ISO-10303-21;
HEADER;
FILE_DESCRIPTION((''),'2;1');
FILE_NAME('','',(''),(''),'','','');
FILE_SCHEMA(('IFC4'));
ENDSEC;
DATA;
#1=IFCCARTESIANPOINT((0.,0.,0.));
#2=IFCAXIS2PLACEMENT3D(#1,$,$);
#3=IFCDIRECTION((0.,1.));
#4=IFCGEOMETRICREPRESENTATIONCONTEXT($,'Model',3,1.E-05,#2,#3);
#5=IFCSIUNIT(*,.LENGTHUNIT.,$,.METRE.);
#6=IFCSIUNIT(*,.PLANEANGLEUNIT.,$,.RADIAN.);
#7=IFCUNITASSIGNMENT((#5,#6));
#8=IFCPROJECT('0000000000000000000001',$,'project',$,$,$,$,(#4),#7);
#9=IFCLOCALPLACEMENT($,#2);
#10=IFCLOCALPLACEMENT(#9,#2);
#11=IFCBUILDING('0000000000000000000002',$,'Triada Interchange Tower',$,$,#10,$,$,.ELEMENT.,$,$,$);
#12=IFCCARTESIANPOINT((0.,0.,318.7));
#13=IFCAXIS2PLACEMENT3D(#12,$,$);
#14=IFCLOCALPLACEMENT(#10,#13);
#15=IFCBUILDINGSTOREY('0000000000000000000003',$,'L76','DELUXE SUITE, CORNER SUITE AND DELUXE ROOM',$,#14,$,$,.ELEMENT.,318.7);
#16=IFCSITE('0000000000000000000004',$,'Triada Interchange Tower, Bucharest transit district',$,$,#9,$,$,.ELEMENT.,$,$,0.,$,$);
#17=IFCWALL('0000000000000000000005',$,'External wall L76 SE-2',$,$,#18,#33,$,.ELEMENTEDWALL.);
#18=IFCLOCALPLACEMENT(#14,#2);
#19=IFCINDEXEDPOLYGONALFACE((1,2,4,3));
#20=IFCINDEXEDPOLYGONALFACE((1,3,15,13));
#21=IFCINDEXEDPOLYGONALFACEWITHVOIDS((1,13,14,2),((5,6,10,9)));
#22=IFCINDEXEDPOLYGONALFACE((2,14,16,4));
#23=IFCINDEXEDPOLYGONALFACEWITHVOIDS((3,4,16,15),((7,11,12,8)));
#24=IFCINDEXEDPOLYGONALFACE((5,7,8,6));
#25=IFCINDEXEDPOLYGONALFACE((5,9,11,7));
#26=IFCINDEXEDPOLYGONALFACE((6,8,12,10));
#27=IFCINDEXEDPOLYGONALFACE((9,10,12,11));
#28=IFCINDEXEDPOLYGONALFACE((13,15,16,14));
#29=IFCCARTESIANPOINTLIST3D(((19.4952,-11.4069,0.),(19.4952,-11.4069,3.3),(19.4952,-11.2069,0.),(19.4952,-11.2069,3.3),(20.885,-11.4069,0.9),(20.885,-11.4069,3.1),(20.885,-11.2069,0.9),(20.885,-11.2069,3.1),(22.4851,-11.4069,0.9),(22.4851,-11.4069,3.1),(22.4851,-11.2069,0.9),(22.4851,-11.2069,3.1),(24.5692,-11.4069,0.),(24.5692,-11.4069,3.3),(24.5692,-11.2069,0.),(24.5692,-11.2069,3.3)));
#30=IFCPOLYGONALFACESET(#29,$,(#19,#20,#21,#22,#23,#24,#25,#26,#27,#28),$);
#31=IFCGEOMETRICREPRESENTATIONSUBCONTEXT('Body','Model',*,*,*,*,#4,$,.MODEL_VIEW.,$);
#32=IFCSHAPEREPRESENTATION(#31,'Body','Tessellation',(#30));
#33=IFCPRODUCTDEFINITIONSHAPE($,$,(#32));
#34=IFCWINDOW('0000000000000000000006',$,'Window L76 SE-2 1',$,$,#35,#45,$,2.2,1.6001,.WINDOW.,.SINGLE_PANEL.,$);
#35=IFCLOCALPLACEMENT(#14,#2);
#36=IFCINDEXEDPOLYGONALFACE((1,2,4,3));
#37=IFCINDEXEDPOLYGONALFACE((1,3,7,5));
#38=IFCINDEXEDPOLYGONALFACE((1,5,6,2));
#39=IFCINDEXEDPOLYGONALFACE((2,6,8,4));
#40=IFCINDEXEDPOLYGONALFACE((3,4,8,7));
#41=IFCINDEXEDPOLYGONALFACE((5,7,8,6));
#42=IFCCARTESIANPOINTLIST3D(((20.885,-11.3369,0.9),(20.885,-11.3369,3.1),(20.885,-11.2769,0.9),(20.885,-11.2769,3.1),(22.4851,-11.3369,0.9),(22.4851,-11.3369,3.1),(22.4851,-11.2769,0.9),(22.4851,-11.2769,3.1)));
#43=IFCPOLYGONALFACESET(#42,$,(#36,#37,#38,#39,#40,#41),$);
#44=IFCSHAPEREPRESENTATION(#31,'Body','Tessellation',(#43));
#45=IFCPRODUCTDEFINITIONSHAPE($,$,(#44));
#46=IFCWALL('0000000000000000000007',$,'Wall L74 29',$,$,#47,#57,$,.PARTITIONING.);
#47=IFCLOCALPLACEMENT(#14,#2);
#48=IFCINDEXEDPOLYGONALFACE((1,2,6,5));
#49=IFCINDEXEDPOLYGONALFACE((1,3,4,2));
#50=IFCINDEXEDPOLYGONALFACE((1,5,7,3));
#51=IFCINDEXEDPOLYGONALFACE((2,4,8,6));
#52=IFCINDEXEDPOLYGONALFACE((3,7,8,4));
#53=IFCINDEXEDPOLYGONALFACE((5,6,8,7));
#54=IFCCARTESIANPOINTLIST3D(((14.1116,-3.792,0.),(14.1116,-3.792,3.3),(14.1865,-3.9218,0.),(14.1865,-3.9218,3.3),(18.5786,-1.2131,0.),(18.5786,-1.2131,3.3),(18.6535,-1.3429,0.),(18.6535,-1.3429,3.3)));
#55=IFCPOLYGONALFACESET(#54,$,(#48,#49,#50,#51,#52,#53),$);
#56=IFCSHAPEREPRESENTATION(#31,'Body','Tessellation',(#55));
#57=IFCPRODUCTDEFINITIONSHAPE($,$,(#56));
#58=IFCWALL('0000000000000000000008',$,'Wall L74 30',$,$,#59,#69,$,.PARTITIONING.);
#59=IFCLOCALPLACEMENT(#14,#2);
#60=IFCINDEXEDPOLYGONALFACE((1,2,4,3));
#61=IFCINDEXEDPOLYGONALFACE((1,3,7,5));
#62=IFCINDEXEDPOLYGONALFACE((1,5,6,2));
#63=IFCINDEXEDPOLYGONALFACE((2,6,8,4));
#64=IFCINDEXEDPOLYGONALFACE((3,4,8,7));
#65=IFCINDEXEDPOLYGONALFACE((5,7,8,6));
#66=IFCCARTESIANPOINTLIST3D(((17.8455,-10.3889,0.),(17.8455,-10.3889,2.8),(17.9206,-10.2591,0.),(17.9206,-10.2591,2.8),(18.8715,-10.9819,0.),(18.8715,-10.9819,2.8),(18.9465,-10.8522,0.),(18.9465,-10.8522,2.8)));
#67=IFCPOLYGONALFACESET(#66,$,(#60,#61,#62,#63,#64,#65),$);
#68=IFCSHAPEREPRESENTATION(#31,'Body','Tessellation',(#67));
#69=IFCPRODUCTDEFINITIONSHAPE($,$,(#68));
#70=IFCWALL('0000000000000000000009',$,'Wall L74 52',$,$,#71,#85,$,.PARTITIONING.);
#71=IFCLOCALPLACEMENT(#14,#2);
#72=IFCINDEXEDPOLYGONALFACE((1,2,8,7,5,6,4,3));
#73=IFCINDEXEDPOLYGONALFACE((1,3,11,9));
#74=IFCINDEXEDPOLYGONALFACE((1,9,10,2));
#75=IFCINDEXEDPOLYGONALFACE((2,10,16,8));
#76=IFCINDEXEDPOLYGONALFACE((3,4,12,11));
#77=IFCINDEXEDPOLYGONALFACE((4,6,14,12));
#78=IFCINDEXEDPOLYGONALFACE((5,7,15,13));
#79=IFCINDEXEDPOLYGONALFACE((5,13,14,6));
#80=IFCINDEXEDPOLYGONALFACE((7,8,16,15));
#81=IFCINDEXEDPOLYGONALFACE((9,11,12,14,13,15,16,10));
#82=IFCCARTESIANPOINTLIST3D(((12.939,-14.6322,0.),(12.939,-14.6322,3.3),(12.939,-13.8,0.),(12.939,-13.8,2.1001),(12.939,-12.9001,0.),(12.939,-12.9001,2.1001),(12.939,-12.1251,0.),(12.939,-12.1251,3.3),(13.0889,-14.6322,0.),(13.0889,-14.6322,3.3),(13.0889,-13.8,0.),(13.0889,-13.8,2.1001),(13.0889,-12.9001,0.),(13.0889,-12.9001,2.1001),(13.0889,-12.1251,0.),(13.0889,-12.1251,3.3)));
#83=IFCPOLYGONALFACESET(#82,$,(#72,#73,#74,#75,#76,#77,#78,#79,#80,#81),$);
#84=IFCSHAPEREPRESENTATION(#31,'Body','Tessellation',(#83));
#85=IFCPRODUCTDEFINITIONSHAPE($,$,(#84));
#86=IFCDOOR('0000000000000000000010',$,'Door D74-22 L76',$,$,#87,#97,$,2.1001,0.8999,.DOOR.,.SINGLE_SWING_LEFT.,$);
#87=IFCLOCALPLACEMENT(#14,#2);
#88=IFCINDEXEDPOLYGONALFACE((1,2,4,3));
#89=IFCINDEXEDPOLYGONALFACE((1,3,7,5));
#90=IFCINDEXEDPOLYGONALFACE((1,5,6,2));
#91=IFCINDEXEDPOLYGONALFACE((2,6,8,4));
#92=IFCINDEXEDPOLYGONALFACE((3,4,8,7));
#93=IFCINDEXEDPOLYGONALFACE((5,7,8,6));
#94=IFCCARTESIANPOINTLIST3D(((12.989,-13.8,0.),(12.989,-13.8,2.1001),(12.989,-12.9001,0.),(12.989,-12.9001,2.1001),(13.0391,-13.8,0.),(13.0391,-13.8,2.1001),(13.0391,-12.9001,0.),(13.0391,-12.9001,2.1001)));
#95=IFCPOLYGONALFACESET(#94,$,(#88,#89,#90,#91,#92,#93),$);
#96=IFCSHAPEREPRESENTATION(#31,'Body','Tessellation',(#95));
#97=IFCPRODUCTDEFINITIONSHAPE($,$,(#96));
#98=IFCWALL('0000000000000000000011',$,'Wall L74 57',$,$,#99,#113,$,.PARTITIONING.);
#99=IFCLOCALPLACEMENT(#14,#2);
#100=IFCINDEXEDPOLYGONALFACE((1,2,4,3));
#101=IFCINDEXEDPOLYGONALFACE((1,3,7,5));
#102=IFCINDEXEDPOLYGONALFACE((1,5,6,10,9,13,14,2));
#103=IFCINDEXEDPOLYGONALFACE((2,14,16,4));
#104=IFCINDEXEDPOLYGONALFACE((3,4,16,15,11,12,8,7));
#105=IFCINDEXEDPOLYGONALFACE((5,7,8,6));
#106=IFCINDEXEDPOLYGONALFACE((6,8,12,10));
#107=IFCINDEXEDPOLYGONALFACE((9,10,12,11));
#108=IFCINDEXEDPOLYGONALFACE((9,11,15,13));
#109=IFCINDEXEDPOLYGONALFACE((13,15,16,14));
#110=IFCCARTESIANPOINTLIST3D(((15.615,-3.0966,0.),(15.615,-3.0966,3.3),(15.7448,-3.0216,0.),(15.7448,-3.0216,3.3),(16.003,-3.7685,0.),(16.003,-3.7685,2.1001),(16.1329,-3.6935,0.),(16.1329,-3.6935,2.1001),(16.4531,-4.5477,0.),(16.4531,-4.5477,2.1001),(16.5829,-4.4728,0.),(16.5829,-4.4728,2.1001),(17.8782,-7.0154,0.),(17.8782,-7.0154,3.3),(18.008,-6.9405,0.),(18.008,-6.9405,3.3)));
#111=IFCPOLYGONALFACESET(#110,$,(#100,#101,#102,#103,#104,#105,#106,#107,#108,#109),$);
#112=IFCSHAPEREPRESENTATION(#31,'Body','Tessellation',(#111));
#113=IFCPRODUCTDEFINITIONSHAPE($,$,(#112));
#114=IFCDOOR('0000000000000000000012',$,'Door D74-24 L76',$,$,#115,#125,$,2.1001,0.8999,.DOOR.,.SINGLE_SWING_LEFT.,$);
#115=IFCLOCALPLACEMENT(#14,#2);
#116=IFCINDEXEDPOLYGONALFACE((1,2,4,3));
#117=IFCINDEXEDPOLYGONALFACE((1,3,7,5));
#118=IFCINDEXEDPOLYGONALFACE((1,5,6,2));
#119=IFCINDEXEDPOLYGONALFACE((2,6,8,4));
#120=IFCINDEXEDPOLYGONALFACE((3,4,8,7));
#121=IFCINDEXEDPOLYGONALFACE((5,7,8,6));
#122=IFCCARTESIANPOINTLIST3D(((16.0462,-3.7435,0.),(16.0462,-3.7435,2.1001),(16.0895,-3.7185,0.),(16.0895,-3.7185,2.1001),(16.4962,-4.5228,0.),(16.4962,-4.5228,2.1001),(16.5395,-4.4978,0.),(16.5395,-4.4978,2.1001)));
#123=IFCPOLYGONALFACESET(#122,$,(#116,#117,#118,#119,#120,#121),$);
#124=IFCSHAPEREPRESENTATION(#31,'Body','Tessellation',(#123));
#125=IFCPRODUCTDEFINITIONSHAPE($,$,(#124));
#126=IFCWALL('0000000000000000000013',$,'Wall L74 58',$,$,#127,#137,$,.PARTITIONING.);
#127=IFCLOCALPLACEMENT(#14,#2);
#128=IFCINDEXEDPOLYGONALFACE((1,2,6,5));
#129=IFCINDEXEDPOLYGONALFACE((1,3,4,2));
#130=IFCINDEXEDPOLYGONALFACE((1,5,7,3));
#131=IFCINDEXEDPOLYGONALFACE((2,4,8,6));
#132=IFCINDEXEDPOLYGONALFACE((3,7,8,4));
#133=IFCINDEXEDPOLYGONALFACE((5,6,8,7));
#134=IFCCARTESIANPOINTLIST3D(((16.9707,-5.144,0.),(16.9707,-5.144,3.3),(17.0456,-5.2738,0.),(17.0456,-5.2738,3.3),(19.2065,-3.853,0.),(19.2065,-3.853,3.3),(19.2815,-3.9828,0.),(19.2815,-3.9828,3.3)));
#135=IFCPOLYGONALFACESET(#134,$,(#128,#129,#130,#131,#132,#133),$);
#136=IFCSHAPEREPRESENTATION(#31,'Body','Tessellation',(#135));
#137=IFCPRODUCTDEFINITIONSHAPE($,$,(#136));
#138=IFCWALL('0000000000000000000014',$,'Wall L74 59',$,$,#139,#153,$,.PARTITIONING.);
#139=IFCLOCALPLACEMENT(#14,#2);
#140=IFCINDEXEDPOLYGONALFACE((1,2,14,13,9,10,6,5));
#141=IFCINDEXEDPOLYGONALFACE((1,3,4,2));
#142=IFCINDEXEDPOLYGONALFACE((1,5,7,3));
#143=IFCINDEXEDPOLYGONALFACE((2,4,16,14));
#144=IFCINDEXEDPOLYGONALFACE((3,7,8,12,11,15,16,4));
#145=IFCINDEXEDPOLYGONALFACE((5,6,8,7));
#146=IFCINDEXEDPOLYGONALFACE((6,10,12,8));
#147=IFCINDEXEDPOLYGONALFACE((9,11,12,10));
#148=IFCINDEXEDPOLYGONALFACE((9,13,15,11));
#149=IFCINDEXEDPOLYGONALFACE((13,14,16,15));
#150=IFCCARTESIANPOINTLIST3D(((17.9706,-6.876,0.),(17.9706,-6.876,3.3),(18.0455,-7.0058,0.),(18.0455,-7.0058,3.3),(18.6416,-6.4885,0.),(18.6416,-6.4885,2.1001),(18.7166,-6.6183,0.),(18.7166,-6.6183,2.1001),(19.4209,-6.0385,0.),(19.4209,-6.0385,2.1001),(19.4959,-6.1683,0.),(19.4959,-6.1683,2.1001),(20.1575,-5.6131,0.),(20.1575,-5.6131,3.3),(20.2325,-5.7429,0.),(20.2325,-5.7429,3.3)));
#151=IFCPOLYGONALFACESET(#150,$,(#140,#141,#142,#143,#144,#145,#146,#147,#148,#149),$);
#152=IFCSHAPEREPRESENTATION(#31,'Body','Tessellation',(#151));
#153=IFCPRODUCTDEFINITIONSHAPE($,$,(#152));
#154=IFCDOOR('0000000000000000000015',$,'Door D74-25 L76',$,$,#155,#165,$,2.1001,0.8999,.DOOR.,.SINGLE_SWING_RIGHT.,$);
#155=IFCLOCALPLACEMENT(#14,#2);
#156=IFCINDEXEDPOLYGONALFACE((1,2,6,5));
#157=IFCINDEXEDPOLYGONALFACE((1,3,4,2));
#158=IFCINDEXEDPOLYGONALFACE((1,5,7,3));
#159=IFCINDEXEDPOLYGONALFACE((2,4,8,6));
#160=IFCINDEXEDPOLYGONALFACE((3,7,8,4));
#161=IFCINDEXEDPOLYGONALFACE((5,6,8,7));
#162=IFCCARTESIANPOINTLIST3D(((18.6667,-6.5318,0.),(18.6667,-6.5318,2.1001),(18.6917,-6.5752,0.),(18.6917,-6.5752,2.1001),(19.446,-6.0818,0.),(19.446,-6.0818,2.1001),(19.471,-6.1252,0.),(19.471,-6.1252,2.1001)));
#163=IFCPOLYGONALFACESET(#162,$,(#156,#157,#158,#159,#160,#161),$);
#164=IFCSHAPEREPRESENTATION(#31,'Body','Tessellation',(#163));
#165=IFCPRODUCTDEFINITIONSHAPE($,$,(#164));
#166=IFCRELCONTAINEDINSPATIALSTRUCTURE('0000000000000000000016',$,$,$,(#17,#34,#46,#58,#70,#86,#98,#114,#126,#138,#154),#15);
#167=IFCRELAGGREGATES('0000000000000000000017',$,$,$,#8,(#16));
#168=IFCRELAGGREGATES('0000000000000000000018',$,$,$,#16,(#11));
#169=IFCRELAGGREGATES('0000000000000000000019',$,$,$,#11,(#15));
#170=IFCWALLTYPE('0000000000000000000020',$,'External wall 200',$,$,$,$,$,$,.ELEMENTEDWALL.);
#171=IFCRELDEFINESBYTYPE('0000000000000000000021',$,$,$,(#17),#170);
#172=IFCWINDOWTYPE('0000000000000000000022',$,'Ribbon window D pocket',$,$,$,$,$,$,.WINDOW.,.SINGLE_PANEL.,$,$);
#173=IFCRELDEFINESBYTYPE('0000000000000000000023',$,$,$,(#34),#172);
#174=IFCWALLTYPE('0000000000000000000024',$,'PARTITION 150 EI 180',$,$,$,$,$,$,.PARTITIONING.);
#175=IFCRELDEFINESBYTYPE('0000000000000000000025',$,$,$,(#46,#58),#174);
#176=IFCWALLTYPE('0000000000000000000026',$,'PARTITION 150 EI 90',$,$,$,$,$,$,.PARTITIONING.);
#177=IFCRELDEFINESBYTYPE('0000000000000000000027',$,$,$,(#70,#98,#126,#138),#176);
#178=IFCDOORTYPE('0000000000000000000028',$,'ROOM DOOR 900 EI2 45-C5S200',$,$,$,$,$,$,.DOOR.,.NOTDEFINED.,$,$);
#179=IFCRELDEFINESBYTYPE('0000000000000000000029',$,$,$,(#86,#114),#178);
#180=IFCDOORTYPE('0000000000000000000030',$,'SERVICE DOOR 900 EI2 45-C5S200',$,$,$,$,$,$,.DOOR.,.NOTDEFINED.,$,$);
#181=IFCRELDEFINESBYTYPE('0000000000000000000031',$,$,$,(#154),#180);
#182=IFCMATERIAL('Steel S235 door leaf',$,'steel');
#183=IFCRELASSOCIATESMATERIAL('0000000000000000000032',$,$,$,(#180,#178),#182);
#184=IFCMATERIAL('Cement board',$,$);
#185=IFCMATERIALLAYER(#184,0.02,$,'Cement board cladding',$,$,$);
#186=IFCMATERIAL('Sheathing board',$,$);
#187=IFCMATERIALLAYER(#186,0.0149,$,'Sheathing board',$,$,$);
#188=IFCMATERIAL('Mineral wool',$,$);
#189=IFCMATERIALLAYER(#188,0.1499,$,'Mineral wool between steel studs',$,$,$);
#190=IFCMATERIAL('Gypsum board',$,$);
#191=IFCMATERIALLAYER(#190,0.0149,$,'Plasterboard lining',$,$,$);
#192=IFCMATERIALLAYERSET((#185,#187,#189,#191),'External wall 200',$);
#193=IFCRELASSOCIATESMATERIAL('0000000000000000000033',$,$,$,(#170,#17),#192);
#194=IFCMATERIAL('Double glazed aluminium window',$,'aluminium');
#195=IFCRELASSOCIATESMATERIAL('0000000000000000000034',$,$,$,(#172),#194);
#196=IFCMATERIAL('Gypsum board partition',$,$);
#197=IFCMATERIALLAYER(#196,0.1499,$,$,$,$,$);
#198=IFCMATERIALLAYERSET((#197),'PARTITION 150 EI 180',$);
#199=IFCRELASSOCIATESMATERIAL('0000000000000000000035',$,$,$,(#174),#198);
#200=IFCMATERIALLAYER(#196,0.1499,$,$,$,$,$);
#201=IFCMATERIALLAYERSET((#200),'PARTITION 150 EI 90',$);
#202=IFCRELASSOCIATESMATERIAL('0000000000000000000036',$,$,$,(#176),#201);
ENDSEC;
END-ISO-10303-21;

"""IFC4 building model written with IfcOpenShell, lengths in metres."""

from ifc_helpers import new_model, si_unit, direction, frame, frame_2d, origin, place, context, subcontext, project, spatial, rectangle, extrude, material, layer, layer_set, layer_usage, type_object, element, fill, save


model = new_model("IFC4")

# Units and contexts
model_context = context("Model", 3, precision=1e-05, world=origin(), true_north=direction((0.0, 1.0)))
body_context = subcontext(model_context, "Body", "Model", "MODEL_VIEW")
ifc_project = project(units=[si_unit("LENGTHUNIT", "METRE"), si_unit("PLANEANGLEUNIT", "RADIAN")], contexts=[model_context])

# Site, building, storey
site_placement = place(None, origin())
site = spatial("IfcSite", under=ifc_project, at=site_placement, Name="Triada Interchange Tower, Bucharest transit district", CompositionType="ELEMENT", RefElevation=0.0)
building_placement = place(site_placement, origin())
building = spatial("IfcBuilding", under=site, at=building_placement, Name="Triada Interchange Tower", CompositionType="ELEMENT")
storey_placement = place(building_placement, frame((0.0, 0.0, 318.7)))
storey = spatial("IfcBuildingStorey", under=building, at=storey_placement, Name="L76", Description="DELUXE SUITE, CORNER SUITE AND DELUXE ROOM", CompositionType="ELEMENT", Elevation=318.7)

# Shared definitions
ifc_material_1 = material(Name="Steel S235 door leaf", Category="steel")

# Shared definitions
door_type_1 = type_object("IfcDoorType", Name="SERVICE DOOR 900 EI2 45-C5S200", OperationType="NOTDEFINED", PredefinedType="DOOR", material=ifc_material_1)

# Wall, opening, window
ifc_material_2 = material(Name="Cement board")
ifc_layer_1 = layer(ifc_material_2, 0.02, Name="Cement board cladding")
ifc_material_3 = material(Name="Sheathing board")
ifc_layer_2 = layer(ifc_material_3, 0.0149, Name="Sheathing board")
ifc_material_4 = material(Name="Mineral wool")
ifc_layer_3 = layer(ifc_material_4, 0.1499, Name="Mineral wool between steel studs")
ifc_material_5 = material(Name="Gypsum board")
ifc_layer_4 = layer(ifc_material_5, 0.0149, Name="Plasterboard lining")
ifc_layer_set_1 = layer_set([ifc_layer_1, ifc_layer_2, ifc_layer_3, ifc_layer_4], Name="External wall 200")
ifc_layer_usage = layer_usage(ifc_layer_set_1, "AXIS2", "POSITIVE", -0.1001)
wall_type_1 = type_object("IfcWallType", Name="External wall 200", PredefinedType="ELEMENTEDWALL", material=ifc_layer_set_1)
wall_1_placement = place(storey_placement, frame((19.4951, -11.3069, 0.0), z_axis=(0.0, 0.0, 1.0), x_axis=(1.0, 0.0, 0.0)))
wall_1 = element("IfcWall", 1, at=wall_1_placement, inside=storey, type_object=wall_type_1, material=ifc_layer_usage, Name="External wall L76 SE-2", PredefinedType="ELEMENTEDWALL", context=body_context, shape_type="SweptSolid", body=[
    extrude(rectangle(XDim=5.074, YDim=0.2, at=frame_2d((2.5371, 0.0))), origin(), (0.0, 0.0, 1.0), 3.3),
])
opening_1_placement = place(wall_1_placement, frame((1.3899, 0.0, 0.8999)))
opening_1 = element("IfcOpeningElement", 2, at=opening_1_placement, cuts=wall_1, PredefinedType="OPENING", context=body_context, shape_type="SweptSolid", body=[
    extrude(rectangle(XDim=1.6001, YDim=2.2, at=frame_2d((0.8, 1.1001))), frame((0.0, 0.1099, 0.0), z_axis=(0.0, -1.0, 0.0), x_axis=(1.0, 0.0, 0.0)), (0.0, 0.0, 1.0), 0.22),
])
ifc_material_6 = material(Name="Double glazed aluminium window", Category="aluminium")
window_type = type_object("IfcWindowType", Name="Ribbon window D pocket", PartitioningType="SINGLE_PANEL", PredefinedType="WINDOW", material=ifc_material_6)
window_placement = place(opening_1_placement, origin())
window = element("IfcWindow", 3, at=window_placement, inside=storey, type_object=window_type, Name="Window L76 SE-2 1", OverallHeight=2.2, OverallWidth=1.6001, PartitioningType="SINGLE_PANEL", PredefinedType="WINDOW", context=body_context, shape_type="SweptSolid", body=[
    extrude(rectangle(XDim=1.6001, YDim=2.2, at=frame_2d((0.8, 1.1001))), frame((0.0, 0.03, 0.0), z_axis=(0.0, -1.0, 0.0), x_axis=(1.0, 0.0, 0.0)), (0.0, 0.0, 1.0), 0.0601),
])
fill(opening_1, window)

# Walls
ifc_material_7 = material(Name="Gypsum board partition")
ifc_layer_5 = layer(ifc_material_7, 0.1499)
ifc_layer_set_2 = layer_set([ifc_layer_5], Name="PARTITION 150 EI 180")
wall_type_2 = type_object("IfcWallType", Name="PARTITION 150 EI 180", PredefinedType="PARTITIONING", material=ifc_layer_set_2)
wall_2_placement = place(storey_placement, frame((14.1489, -3.8569, 0.0), z_axis=(0.0, 0.0, 1.0), x_axis=(0.866041, 0.499972, 0.0)))
element("IfcWall", 4, at=wall_2_placement, inside=storey, type_object=wall_type_2, Name="Wall L74 29", PredefinedType="PARTITIONING", context=body_context, shape_type="SweptSolid", body=[
    extrude(rectangle(XDim=5.158, YDim=0.1499, at=frame_2d((2.5791, 0.0))), origin(), (0.0, 0.0, 1.0), 3.3),
])
wall_3_placement = place(storey_placement, frame((17.8831, -10.324, 0.0), z_axis=(0.0, 0.0, 1.0), x_axis=(0.86576, -0.50046, 0.0)))
element("IfcWall", 5, at=wall_3_placement, inside=storey, type_object=wall_type_2, Name="Wall L74 30", PredefinedType="PARTITIONING", context=body_context, shape_type="SweptSolid", body=[
    extrude(rectangle(XDim=1.1851, YDim=0.1499, at=frame_2d((0.5925, 0.0))), origin(), (0.0, 0.0, 1.0), 2.8),
])

# Walls, openings, doors
ifc_layer_6 = layer(ifc_material_7, 0.1499)
ifc_layer_set_3 = layer_set([ifc_layer_6], Name="PARTITION 150 EI 90")
wall_type_3 = type_object("IfcWallType", Name="PARTITION 150 EI 90", PredefinedType="PARTITIONING", material=ifc_layer_set_3)
wall_4_placement = place(storey_placement, frame((13.0139, -14.6321, 0.0), z_axis=(0.0, 0.0, 1.0), x_axis=(0.0, 1.0, 0.0)))
wall_4 = element("IfcWall", 6, at=wall_4_placement, inside=storey, type_object=wall_type_3, Name="Wall L74 52", PredefinedType="PARTITIONING", context=body_context, shape_type="SweptSolid", body=[
    extrude(rectangle(XDim=2.5071, YDim=0.1499, at=frame_2d((1.2534, 0.0))), origin(), (0.0, 0.0, 1.0), 3.3),
])
opening_2_placement = place(wall_4_placement, frame((0.832, 0.0, 0.0)))
opening_2 = element("IfcOpeningElement", 7, at=opening_2_placement, cuts=wall_4, PredefinedType="OPENING", context=body_context, shape_type="SweptSolid", body=[
    extrude(rectangle(XDim=0.8999, YDim=2.1001, at=frame_2d((0.45, 1.05))), frame((0.0, 0.085, 0.0), z_axis=(0.0, -1.0, 0.0), x_axis=(1.0, 0.0, 0.0)), (0.0, 0.0, 1.0), 0.1699),
])
door_type_2 = type_object("IfcDoorType", Name="ROOM DOOR 900 EI2 45-C5S200", OperationType="NOTDEFINED", PredefinedType="DOOR", material=ifc_material_1)
door_1_placement = place(opening_2_placement, origin())
door_1 = element("IfcDoor", 8, at=door_1_placement, inside=storey, type_object=door_type_2, Name="Door D74-22 L76", OperationType="SINGLE_SWING_LEFT", OverallHeight=2.1001, OverallWidth=0.8999, PredefinedType="DOOR", context=body_context, shape_type="SweptSolid", body=[
    extrude(rectangle(XDim=0.8999, YDim=2.1001, at=frame_2d((0.45, 1.05))), frame((0.0, 0.0249, 0.0), z_axis=(0.0, -1.0, 0.0), x_axis=(1.0, 0.0, 0.0)), (0.0, 0.0, 1.0), 0.05),
])
fill(opening_2, door_1)
wall_5_placement = place(storey_placement, frame((15.6799, -3.0591, 0.0), z_axis=(0.0, 0.0, 1.0), x_axis=(0.500096, -0.86597, 0.0)))
wall_5 = element("IfcWall", 9, at=wall_5_placement, inside=storey, type_object=wall_type_3, Name="Wall L74 57", PredefinedType="PARTITIONING", context=body_context, shape_type="SweptSolid", body=[
    extrude(rectangle(XDim=4.5254, YDim=0.1499, at=frame_2d((2.2627, 0.0))), origin(), (0.0, 0.0, 1.0), 3.3),
])
opening_3_placement = place(wall_5_placement, frame((0.7759, 0.0, 0.0)))
opening_3 = element("IfcOpeningElement", 10, at=opening_3_placement, cuts=wall_5, PredefinedType="OPENING", context=body_context, shape_type="SweptSolid", body=[
    extrude(rectangle(XDim=0.8999, YDim=2.1001, at=frame_2d((0.45, 1.05))), frame((0.0, 0.085, 0.0), z_axis=(0.0, -1.0, 0.0), x_axis=(1.0, 0.0, 0.0)), (0.0, 0.0, 1.0), 0.1699),
])
door_2_placement = place(opening_3_placement, origin())
door_2 = element("IfcDoor", 11, at=door_2_placement, inside=storey, type_object=door_type_2, Name="Door D74-24 L76", OperationType="SINGLE_SWING_LEFT", OverallHeight=2.1001, OverallWidth=0.8999, PredefinedType="DOOR", context=body_context, shape_type="SweptSolid", body=[
    extrude(rectangle(XDim=0.8999, YDim=2.1001, at=frame_2d((0.45, 1.05))), frame((0.0, 0.0249, 0.0), z_axis=(0.0, -1.0, 0.0), x_axis=(1.0, 0.0, 0.0)), (0.0, 0.0, 1.0), 0.05),
])
fill(opening_3, door_2)

# Wall
wall_6_placement = place(storey_placement, frame((17.0081, -5.209, 0.0), z_axis=(0.0, 0.0, 1.0), x_axis=(0.866, 0.500044, 0.0)))
element("IfcWall", 12, at=wall_6_placement, inside=storey, type_object=wall_type_3, Name="Wall L74 58", PredefinedType="PARTITIONING", context=body_context, shape_type="SweptSolid", body=[
    extrude(rectangle(XDim=2.5818, YDim=0.1499, at=frame_2d((1.291, 0.0))), origin(), (0.0, 0.0, 1.0), 3.3),
])

# Wall, opening, door
wall_7_placement = place(storey_placement, frame((18.0081, -6.9409, 0.0), z_axis=(0.0, 0.0, 1.0), x_axis=(0.86598, 0.500079, 0.0)))
wall_7 = element("IfcWall", 13, at=wall_7_placement, inside=storey, type_object=wall_type_3, Name="Wall L74 59", PredefinedType="PARTITIONING", context=body_context, shape_type="SweptSolid", body=[
    extrude(rectangle(XDim=2.5254, YDim=0.1499, at=frame_2d((1.2627, 0.0))), origin(), (0.0, 0.0, 1.0), 3.3),
])
opening_4_placement = place(wall_7_placement, frame((0.7749, 0.0, 0.0)))
opening_4 = element("IfcOpeningElement", 14, at=opening_4_placement, cuts=wall_7, PredefinedType="OPENING", context=body_context, shape_type="SweptSolid", body=[
    extrude(rectangle(XDim=0.8999, YDim=2.1001, at=frame_2d((0.45, 1.05))), frame((0.0, 0.085, 0.0), z_axis=(0.0, -1.0, 0.0), x_axis=(1.0, 0.0, 0.0)), (0.0, 0.0, 1.0), 0.1699),
])
door_3_placement = place(opening_4_placement, origin())
door_3 = element("IfcDoor", 15, at=door_3_placement, inside=storey, type_object=door_type_1, Name="Door D74-25 L76", OperationType="SINGLE_SWING_RIGHT", OverallHeight=2.1001, OverallWidth=0.8999, PredefinedType="DOOR", context=body_context, shape_type="SweptSolid", body=[
    extrude(rectangle(XDim=0.8999, YDim=2.1001, at=frame_2d((0.45, 1.05))), frame((0.0, 0.0249, 0.0), z_axis=(0.0, -1.0, 0.0), x_axis=(1.0, 0.0, 0.0)), (0.0, 0.0, 1.0), 0.05),
])
fill(opening_4, door_3)

save(model, "model.ifc")
